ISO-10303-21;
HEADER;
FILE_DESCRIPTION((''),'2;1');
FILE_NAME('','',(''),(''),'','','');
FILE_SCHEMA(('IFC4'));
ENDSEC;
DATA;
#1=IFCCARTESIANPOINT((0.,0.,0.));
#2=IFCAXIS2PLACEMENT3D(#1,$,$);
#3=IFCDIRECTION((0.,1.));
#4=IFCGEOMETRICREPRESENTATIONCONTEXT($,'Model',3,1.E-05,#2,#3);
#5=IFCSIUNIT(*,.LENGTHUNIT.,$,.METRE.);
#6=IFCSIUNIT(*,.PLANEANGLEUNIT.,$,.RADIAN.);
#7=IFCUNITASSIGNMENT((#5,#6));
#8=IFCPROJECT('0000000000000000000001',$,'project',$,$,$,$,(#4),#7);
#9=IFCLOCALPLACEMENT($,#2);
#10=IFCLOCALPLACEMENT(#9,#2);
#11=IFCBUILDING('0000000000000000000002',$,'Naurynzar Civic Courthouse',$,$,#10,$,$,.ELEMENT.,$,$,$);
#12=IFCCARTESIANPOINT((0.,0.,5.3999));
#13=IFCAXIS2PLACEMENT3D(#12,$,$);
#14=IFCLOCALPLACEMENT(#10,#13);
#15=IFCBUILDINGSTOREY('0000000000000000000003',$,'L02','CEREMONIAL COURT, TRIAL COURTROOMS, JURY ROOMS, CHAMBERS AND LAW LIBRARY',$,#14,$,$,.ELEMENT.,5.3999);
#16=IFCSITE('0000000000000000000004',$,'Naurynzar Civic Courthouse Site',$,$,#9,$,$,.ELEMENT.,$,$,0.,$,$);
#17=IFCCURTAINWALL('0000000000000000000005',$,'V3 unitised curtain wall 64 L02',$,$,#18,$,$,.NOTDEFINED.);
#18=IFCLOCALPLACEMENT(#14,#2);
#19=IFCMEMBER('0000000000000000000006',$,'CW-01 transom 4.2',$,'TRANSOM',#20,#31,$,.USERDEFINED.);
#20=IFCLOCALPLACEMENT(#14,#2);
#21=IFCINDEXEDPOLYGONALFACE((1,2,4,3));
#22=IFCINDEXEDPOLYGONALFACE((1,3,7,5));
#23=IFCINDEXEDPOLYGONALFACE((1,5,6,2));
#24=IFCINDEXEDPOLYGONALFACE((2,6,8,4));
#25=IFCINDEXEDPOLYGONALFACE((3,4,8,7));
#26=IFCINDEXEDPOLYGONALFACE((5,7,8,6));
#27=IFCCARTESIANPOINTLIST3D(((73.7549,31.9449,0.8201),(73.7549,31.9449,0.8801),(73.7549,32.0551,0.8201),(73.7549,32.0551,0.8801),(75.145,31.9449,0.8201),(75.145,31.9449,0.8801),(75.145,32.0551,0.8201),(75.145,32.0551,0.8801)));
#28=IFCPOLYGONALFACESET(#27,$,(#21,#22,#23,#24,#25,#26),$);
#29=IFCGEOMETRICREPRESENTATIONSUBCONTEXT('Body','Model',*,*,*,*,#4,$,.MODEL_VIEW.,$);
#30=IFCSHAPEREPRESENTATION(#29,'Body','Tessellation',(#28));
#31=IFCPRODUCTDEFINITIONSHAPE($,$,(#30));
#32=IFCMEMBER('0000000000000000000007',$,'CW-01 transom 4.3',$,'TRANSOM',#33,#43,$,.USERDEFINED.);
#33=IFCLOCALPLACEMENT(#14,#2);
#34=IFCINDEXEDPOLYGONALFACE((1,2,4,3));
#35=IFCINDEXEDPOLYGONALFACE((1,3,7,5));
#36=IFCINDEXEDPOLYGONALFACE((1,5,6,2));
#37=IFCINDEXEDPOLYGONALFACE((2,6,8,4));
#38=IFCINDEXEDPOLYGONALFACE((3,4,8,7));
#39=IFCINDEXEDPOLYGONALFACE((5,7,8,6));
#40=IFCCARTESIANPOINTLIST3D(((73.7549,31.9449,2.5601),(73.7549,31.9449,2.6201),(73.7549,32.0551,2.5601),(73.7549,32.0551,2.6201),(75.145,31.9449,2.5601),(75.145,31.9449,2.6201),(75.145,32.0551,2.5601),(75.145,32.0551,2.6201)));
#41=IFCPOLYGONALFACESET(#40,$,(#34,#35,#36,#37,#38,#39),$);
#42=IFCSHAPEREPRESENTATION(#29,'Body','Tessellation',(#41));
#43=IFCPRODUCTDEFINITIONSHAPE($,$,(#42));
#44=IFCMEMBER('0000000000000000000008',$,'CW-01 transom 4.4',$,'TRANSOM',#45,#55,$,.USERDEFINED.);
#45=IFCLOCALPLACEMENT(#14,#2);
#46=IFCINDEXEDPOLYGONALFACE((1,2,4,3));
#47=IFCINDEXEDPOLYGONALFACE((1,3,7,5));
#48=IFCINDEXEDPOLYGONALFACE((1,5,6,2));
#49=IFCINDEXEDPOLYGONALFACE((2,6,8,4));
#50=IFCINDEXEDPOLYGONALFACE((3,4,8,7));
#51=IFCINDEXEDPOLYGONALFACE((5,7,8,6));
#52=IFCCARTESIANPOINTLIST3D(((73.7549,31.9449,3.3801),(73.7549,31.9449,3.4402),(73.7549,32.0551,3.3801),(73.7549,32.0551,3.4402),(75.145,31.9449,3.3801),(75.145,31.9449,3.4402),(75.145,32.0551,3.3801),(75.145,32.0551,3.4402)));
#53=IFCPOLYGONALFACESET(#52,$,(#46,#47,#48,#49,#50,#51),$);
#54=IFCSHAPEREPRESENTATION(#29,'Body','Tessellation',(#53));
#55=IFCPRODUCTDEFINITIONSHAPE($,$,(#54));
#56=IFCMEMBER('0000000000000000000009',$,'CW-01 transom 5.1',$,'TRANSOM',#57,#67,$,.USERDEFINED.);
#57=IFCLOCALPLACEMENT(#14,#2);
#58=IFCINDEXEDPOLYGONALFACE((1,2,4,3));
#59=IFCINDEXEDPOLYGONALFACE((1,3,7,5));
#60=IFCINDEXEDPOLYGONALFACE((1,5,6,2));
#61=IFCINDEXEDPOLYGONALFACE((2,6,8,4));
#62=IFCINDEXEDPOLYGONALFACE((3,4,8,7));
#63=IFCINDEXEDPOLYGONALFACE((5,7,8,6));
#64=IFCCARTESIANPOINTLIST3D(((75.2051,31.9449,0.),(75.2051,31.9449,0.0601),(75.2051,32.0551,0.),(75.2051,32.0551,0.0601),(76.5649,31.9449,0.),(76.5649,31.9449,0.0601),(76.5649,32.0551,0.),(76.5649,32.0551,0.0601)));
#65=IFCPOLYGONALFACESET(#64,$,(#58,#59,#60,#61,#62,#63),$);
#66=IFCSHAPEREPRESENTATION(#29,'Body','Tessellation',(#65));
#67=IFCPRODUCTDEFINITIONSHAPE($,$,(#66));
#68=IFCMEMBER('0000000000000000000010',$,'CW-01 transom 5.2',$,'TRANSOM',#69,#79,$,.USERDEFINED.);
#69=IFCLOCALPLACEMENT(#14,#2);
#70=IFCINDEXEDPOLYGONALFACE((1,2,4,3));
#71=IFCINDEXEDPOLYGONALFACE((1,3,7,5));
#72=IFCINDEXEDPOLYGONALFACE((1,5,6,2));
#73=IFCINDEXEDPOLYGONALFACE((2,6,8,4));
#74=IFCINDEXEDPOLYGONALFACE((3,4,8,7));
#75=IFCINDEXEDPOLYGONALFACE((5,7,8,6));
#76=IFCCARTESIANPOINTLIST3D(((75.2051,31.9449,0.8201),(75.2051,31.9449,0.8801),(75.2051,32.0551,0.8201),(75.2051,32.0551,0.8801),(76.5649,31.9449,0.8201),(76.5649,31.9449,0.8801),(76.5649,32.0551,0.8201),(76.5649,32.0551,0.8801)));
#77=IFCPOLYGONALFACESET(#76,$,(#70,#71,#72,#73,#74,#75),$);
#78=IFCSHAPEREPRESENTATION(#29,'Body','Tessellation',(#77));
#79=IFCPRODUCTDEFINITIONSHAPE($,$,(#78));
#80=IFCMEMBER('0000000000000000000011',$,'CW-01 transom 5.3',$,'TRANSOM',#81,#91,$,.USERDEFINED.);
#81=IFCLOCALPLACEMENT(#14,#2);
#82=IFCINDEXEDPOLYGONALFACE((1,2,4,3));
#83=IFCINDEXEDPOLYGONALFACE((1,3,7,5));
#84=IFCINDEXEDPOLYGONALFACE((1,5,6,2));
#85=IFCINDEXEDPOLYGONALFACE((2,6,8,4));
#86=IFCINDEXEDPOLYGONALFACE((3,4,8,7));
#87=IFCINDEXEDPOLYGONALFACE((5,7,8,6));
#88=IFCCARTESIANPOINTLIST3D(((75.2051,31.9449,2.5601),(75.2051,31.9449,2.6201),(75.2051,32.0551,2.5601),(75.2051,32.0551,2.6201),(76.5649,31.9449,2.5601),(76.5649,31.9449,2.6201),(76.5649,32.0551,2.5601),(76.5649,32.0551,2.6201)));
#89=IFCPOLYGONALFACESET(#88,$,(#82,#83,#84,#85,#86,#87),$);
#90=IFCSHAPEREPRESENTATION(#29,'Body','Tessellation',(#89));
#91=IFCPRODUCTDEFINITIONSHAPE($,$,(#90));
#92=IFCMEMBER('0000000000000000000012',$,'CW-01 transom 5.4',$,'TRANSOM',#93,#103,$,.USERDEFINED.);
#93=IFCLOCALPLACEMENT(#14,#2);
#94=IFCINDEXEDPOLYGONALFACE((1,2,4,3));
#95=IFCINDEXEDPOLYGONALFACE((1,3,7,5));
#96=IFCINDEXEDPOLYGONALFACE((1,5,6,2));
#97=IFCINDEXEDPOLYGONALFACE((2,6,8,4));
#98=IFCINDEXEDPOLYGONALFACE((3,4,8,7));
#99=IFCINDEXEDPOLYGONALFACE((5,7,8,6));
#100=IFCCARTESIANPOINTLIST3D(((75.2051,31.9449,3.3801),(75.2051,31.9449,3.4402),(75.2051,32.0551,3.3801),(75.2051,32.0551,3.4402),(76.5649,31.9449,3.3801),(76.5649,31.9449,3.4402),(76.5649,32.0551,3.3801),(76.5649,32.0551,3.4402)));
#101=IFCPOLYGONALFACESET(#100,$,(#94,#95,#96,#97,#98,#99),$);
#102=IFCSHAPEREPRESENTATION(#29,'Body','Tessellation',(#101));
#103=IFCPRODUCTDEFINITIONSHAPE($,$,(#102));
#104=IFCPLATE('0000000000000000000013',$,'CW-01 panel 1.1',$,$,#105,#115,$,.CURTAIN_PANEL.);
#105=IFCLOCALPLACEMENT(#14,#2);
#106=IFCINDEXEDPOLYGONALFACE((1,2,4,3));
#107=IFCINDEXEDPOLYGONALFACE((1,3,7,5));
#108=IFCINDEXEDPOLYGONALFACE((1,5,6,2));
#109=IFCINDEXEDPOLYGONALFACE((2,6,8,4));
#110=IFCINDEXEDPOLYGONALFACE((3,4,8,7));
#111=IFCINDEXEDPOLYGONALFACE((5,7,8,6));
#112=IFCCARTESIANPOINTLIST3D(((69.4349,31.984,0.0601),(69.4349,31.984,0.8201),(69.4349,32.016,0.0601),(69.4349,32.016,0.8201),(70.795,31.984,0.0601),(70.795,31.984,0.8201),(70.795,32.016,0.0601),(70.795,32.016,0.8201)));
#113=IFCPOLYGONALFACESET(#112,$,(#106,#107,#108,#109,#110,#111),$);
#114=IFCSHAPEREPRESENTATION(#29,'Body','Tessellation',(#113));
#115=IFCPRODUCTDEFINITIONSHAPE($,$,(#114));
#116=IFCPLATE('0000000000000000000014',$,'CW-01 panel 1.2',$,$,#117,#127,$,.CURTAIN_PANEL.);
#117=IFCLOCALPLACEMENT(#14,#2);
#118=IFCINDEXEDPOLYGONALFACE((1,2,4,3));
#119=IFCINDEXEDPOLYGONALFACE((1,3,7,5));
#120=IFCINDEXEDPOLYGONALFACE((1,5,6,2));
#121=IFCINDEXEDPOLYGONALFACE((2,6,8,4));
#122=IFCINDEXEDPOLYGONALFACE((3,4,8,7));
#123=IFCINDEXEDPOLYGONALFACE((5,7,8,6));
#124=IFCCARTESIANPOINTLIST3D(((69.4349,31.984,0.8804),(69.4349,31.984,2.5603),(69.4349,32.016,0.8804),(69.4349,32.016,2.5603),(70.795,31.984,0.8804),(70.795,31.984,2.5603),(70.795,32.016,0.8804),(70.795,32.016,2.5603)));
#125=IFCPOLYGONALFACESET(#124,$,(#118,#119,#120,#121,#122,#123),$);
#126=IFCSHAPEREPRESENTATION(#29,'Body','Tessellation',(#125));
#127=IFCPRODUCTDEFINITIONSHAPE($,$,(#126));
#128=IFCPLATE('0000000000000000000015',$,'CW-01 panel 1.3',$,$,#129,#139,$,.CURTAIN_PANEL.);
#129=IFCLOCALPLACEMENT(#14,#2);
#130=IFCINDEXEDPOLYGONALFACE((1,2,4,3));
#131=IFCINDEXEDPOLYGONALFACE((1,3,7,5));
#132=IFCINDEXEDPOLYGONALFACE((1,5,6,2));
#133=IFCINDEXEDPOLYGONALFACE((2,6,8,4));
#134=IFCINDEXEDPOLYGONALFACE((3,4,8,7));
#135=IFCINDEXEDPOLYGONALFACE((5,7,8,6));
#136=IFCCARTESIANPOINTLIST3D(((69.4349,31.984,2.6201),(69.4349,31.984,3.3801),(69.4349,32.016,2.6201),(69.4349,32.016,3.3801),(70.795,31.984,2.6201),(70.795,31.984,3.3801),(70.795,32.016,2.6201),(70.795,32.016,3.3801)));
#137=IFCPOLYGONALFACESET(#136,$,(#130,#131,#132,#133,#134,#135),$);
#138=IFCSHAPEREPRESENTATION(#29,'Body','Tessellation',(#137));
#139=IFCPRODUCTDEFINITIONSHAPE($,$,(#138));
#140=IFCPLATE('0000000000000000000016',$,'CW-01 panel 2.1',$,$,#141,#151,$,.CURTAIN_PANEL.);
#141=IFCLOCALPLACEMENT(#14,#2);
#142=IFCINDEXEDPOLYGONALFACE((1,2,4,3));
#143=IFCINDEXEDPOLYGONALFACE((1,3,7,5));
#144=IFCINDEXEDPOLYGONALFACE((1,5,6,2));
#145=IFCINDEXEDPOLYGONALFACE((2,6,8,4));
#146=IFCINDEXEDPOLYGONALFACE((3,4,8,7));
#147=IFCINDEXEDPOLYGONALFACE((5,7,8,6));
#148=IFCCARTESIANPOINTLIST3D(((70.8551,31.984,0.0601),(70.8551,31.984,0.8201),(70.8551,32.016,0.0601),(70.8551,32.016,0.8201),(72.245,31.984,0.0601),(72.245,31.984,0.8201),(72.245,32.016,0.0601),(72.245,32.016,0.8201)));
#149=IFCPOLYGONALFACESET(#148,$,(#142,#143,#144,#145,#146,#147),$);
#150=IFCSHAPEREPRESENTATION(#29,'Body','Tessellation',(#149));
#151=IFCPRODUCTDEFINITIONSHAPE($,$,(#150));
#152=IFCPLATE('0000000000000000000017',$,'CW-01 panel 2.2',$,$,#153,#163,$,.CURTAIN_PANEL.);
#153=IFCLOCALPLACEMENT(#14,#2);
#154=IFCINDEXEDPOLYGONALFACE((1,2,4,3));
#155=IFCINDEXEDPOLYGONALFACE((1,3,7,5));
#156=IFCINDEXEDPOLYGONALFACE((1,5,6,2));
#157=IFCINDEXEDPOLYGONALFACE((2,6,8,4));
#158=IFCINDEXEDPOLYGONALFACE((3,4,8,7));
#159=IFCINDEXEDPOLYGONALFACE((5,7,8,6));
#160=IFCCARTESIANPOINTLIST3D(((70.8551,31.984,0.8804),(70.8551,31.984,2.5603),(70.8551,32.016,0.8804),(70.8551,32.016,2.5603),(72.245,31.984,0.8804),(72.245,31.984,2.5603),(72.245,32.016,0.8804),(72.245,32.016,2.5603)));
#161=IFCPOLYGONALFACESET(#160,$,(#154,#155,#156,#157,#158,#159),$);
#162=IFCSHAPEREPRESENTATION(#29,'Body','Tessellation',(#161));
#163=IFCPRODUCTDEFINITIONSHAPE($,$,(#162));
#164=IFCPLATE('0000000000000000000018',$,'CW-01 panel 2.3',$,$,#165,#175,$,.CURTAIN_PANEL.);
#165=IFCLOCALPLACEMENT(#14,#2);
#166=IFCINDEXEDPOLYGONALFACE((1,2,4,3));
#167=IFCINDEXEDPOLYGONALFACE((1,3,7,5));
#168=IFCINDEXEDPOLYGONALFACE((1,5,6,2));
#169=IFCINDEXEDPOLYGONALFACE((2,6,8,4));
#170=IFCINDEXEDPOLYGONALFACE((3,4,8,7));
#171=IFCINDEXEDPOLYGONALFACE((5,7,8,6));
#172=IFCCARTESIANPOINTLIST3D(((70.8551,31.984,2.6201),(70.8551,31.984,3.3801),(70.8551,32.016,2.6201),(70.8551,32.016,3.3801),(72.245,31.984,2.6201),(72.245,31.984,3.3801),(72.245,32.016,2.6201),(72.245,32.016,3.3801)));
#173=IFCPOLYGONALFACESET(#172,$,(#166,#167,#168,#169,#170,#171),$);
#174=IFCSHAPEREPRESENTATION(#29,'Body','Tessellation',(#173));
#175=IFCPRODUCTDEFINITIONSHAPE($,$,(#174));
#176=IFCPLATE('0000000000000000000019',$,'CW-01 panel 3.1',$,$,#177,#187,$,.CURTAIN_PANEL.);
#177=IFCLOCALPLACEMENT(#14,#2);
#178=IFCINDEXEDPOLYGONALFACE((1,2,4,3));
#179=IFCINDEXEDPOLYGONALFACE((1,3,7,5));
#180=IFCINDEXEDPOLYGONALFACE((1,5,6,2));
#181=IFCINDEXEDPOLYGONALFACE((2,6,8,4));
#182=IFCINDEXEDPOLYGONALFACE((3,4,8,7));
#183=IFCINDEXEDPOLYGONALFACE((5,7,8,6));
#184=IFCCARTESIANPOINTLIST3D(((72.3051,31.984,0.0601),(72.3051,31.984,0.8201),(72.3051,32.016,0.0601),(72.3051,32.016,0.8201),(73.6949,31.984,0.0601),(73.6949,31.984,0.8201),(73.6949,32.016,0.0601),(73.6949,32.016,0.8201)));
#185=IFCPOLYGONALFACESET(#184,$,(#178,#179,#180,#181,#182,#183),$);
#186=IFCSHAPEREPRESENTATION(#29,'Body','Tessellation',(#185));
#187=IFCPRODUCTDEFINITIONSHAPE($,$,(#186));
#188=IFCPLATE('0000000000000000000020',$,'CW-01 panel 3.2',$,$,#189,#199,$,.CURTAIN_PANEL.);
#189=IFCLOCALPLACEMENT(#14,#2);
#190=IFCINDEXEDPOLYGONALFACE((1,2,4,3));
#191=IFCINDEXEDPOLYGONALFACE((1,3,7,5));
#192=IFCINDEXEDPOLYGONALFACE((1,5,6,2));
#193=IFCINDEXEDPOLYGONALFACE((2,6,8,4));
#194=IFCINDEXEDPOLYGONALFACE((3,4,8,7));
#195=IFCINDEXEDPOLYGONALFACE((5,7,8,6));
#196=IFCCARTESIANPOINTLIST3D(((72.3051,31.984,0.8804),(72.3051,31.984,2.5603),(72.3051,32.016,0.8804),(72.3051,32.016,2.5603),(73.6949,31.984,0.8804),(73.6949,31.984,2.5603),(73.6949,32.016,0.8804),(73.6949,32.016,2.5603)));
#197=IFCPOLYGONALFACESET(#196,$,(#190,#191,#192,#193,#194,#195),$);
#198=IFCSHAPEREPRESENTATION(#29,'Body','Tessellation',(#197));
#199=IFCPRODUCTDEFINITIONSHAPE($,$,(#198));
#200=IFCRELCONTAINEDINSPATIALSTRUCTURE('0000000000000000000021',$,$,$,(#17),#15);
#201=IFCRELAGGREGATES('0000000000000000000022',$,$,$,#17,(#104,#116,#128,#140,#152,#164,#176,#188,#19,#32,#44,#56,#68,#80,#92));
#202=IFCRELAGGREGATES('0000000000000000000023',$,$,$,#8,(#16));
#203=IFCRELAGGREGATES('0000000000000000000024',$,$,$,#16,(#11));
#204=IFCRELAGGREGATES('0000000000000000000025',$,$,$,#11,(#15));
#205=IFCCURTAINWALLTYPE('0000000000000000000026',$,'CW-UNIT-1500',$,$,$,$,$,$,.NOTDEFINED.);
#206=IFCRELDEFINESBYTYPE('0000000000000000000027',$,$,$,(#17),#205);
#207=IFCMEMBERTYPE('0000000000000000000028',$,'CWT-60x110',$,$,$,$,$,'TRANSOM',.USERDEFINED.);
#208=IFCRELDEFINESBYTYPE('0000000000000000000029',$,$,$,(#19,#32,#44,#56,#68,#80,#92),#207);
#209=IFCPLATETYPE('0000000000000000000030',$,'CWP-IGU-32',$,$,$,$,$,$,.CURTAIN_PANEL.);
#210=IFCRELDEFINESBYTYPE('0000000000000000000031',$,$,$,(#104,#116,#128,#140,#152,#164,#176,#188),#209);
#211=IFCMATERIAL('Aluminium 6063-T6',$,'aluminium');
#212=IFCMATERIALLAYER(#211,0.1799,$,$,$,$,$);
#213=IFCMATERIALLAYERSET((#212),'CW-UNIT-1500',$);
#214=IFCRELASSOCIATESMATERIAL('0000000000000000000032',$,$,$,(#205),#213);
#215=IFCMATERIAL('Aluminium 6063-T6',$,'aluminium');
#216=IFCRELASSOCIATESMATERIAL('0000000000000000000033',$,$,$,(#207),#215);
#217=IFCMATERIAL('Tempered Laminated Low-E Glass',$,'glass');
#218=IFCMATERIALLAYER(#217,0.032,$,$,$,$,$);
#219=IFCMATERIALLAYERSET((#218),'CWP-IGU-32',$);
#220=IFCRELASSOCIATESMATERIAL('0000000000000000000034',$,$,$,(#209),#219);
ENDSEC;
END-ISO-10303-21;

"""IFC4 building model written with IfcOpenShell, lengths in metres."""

from ifc_helpers import new_model, si_unit, direction, frame, origin, origin_2d, place, context, subcontext, project, spatial, rectangle, extrude, material, layer, layer_set, material_profile, profile_set, type_object, element, aggregate, save


model = new_model("IFC4")

# Units and contexts
model_context = context("Model", 3, precision=1e-05, world=origin(), true_north=direction((0.0, 1.0)))
body_context = subcontext(model_context, "Body", "Model", "MODEL_VIEW")
ifc_project = project(units=[si_unit("LENGTHUNIT", "METRE"), si_unit("PLANEANGLEUNIT", "RADIAN")], contexts=[model_context])

# Site, building, storey
site_placement = place(None, origin())
site = spatial("IfcSite", under=ifc_project, at=site_placement, Name="Naurynzar Civic Courthouse Site", CompositionType="ELEMENT", RefElevation=0.0)
building_placement = place(site_placement, origin())
building = spatial("IfcBuilding", under=site, at=building_placement, Name="Naurynzar Civic Courthouse", CompositionType="ELEMENT")
storey_placement = place(building_placement, frame((0.0, 0.0, 5.3999)))
storey = spatial("IfcBuildingStorey", under=building, at=storey_placement, Name="L02", Description="CEREMONIAL COURT, TRIAL COURTROOMS, JURY ROOMS, CHAMBERS AND LAW LIBRARY", CompositionType="ELEMENT", Elevation=5.3999)

# Curtain wall, members, plates
ifc_material_1 = material(Name="Aluminium 6063-T6", Category="aluminium")
ifc_layer_1 = layer(ifc_material_1, 0.1799)
ifc_layer_set_1 = layer_set([ifc_layer_1], Name="CW-UNIT-1500")
curtain_wall_type = type_object("IfcCurtainWallType", Name="CW-UNIT-1500", PredefinedType="NOTDEFINED", material=ifc_layer_set_1)
curtain_wall_placement = place(storey_placement, origin())
curtain_wall = element("IfcCurtainWall", 1, at=curtain_wall_placement, inside=storey, type_object=curtain_wall_type, Name="V3 unitised curtain wall 64 L02", PredefinedType="NOTDEFINED")
ifc_material_2 = material(Name="Aluminium 6063-T6", Category="aluminium")
ifc_material_profile_1 = material_profile(ifc_material_2, rectangle(XDim=0.1101, YDim=0.0601, at=origin_2d()), Name="ALU TRANSOM 60x110")
ifc_profile_set_1 = profile_set([ifc_material_profile_1], Name="Aluminium 6063-T6")
member_type_1 = type_object("IfcMemberType", Name="CWT-60x110", ElementType="TRANSOM", PredefinedType="USERDEFINED", material=ifc_profile_set_1)
member_1_placement = place(storey_placement, frame((73.7549, 32.0, 0.8501), z_axis=(1.0, 0.0, 0.0), x_axis=(0.0, 1.0, 0.0)))
member_1 = element("IfcMember", 2, at=member_1_placement, type_object=member_type_1, Name="CW-01 transom 4.2", ObjectType="TRANSOM", PredefinedType="USERDEFINED", context=body_context, shape_type="SweptSolid", body=[
    extrude(rectangle(XDim=0.1101, YDim=0.0601, at=origin_2d()), origin(), (0.0, 0.0, 1.0), 1.3901),
])
member_2_placement = place(storey_placement, frame((73.7549, 32.0, 2.5901), z_axis=(1.0, 0.0, 0.0), x_axis=(0.0, 1.0, 0.0)))
member_2 = element("IfcMember", 3, at=member_2_placement, type_object=member_type_1, Name="CW-01 transom 4.3", ObjectType="TRANSOM", PredefinedType="USERDEFINED", context=body_context, shape_type="SweptSolid", body=[
    extrude(rectangle(XDim=0.1101, YDim=0.0601, at=origin_2d()), origin(), (0.0, 0.0, 1.0), 1.3901),
])
member_3_placement = place(storey_placement, frame((73.7549, 32.0, 3.4102), z_axis=(1.0, 0.0, 0.0), x_axis=(0.0, 1.0, 0.0)))
member_3 = element("IfcMember", 4, at=member_3_placement, type_object=member_type_1, Name="CW-01 transom 4.4", ObjectType="TRANSOM", PredefinedType="USERDEFINED", context=body_context, shape_type="SweptSolid", body=[
    extrude(rectangle(XDim=0.1101, YDim=0.0601, at=origin_2d()), origin(), (0.0, 0.0, 1.0), 1.3901),
])
member_4_placement = place(storey_placement, frame((75.2051, 32.0, 0.03), z_axis=(1.0, 0.0, 0.0), x_axis=(0.0, 1.0, 0.0)))
member_4 = element("IfcMember", 5, at=member_4_placement, type_object=member_type_1, Name="CW-01 transom 5.1", ObjectType="TRANSOM", PredefinedType="USERDEFINED", context=body_context, shape_type="SweptSolid", body=[
    extrude(rectangle(XDim=0.1101, YDim=0.0601, at=origin_2d()), origin(), (0.0, 0.0, 1.0), 1.3599),
])
member_5_placement = place(storey_placement, frame((75.2051, 32.0, 0.8501), z_axis=(1.0, 0.0, 0.0), x_axis=(0.0, 1.0, 0.0)))
member_5 = element("IfcMember", 6, at=member_5_placement, type_object=member_type_1, Name="CW-01 transom 5.2", ObjectType="TRANSOM", PredefinedType="USERDEFINED", context=body_context, shape_type="SweptSolid", body=[
    extrude(rectangle(XDim=0.1101, YDim=0.0601, at=origin_2d()), origin(), (0.0, 0.0, 1.0), 1.3599),
])
member_6_placement = place(storey_placement, frame((75.2051, 32.0, 2.5901), z_axis=(1.0, 0.0, 0.0), x_axis=(0.0, 1.0, 0.0)))
member_6 = element("IfcMember", 7, at=member_6_placement, type_object=member_type_1, Name="CW-01 transom 5.3", ObjectType="TRANSOM", PredefinedType="USERDEFINED", context=body_context, shape_type="SweptSolid", body=[
    extrude(rectangle(XDim=0.1101, YDim=0.0601, at=origin_2d()), origin(), (0.0, 0.0, 1.0), 1.3599),
])
member_7_placement = place(storey_placement, frame((75.2051, 32.0, 3.4102), z_axis=(1.0, 0.0, 0.0), x_axis=(0.0, 1.0, 0.0)))
member_7 = element("IfcMember", 8, at=member_7_placement, type_object=member_type_1, Name="CW-01 transom 5.4", ObjectType="TRANSOM", PredefinedType="USERDEFINED", context=body_context, shape_type="SweptSolid", body=[
    extrude(rectangle(XDim=0.1101, YDim=0.0601, at=origin_2d()), origin(), (0.0, 0.0, 1.0), 1.3599),
])
ifc_material_3 = material(Name="Tempered Laminated Low-E Glass", Category="glass")
ifc_layer_2 = layer(ifc_material_3, 0.032)
ifc_layer_set_2 = layer_set([ifc_layer_2], Name="CWP-IGU-32")
plate_type = type_object("IfcPlateType", Name="CWP-IGU-32", PredefinedType="CURTAIN_PANEL", material=ifc_layer_set_2)
plate_1_placement = place(storey_placement, frame((70.115, 32.0, 0.0601), z_axis=(0.0, 0.0, 1.0), x_axis=(1.0, 0.0, 0.0)))
plate_1 = element("IfcPlate", 9, at=plate_1_placement, type_object=plate_type, Name="CW-01 panel 1.1", PredefinedType="CURTAIN_PANEL", context=body_context, shape_type="SweptSolid", body=[
    extrude(rectangle(XDim=1.3601, YDim=0.032, at=origin_2d()), origin(), (0.0, 0.0, 1.0), 0.76),
])
plate_2_placement = place(storey_placement, frame((70.115, 32.0, 0.8804), z_axis=(0.0, 0.0, 1.0), x_axis=(1.0, 0.0, 0.0)))
plate_2 = element("IfcPlate", 10, at=plate_2_placement, type_object=plate_type, Name="CW-01 panel 1.2", PredefinedType="CURTAIN_PANEL", context=body_context, shape_type="SweptSolid", body=[
    extrude(rectangle(XDim=1.3601, YDim=0.032, at=origin_2d()), origin(), (0.0, 0.0, 1.0), 1.6799),
])
plate_3_placement = place(storey_placement, frame((70.115, 32.0, 2.6201), z_axis=(0.0, 0.0, 1.0), x_axis=(1.0, 0.0, 0.0)))
plate_3 = element("IfcPlate", 11, at=plate_3_placement, type_object=plate_type, Name="CW-01 panel 1.3", PredefinedType="CURTAIN_PANEL", context=body_context, shape_type="SweptSolid", body=[
    extrude(rectangle(XDim=1.3601, YDim=0.032, at=origin_2d()), origin(), (0.0, 0.0, 1.0), 0.76),
])
plate_4_placement = place(storey_placement, frame((71.55, 32.0, 0.0601), z_axis=(0.0, 0.0, 1.0), x_axis=(1.0, 0.0, 0.0)))
plate_4 = element("IfcPlate", 12, at=plate_4_placement, type_object=plate_type, Name="CW-01 panel 2.1", PredefinedType="CURTAIN_PANEL", context=body_context, shape_type="SweptSolid", body=[
    extrude(rectangle(XDim=1.3899, YDim=0.032, at=origin_2d()), origin(), (0.0, 0.0, 1.0), 0.76),
])
plate_5_placement = place(storey_placement, frame((71.55, 32.0, 0.8804), z_axis=(0.0, 0.0, 1.0), x_axis=(1.0, 0.0, 0.0)))
plate_5 = element("IfcPlate", 13, at=plate_5_placement, type_object=plate_type, Name="CW-01 panel 2.2", PredefinedType="CURTAIN_PANEL", context=body_context, shape_type="SweptSolid", body=[
    extrude(rectangle(XDim=1.3899, YDim=0.032, at=origin_2d()), origin(), (0.0, 0.0, 1.0), 1.6799),
])
plate_6_placement = place(storey_placement, frame((71.55, 32.0, 2.6201), z_axis=(0.0, 0.0, 1.0), x_axis=(1.0, 0.0, 0.0)))
plate_6 = element("IfcPlate", 14, at=plate_6_placement, type_object=plate_type, Name="CW-01 panel 2.3", PredefinedType="CURTAIN_PANEL", context=body_context, shape_type="SweptSolid", body=[
    extrude(rectangle(XDim=1.3899, YDim=0.032, at=origin_2d()), origin(), (0.0, 0.0, 1.0), 0.76),
])
plate_7_placement = place(storey_placement, frame((73.0, 32.0, 0.0601), z_axis=(0.0, 0.0, 1.0), x_axis=(1.0, 0.0, 0.0)))
plate_7 = element("IfcPlate", 15, at=plate_7_placement, type_object=plate_type, Name="CW-01 panel 3.1", PredefinedType="CURTAIN_PANEL", context=body_context, shape_type="SweptSolid", body=[
    extrude(rectangle(XDim=1.3899, YDim=0.032, at=origin_2d()), origin(), (0.0, 0.0, 1.0), 0.76),
])
plate_8_placement = place(storey_placement, frame((73.0, 32.0, 0.8804), z_axis=(0.0, 0.0, 1.0), x_axis=(1.0, 0.0, 0.0)))
plate_8 = element("IfcPlate", 16, at=plate_8_placement, type_object=plate_type, Name="CW-01 panel 3.2", PredefinedType="CURTAIN_PANEL", context=body_context, shape_type="SweptSolid", body=[
    extrude(rectangle(XDim=1.3899, YDim=0.032, at=origin_2d()), origin(), (0.0, 0.0, 1.0), 1.6799),
])
aggregate(curtain_wall, [plate_1, plate_2, plate_3, plate_4, plate_5, plate_6, plate_7, plate_8, member_1, member_2, member_3, member_4, member_5, member_6, member_7])

save(model, "model.ifc")
